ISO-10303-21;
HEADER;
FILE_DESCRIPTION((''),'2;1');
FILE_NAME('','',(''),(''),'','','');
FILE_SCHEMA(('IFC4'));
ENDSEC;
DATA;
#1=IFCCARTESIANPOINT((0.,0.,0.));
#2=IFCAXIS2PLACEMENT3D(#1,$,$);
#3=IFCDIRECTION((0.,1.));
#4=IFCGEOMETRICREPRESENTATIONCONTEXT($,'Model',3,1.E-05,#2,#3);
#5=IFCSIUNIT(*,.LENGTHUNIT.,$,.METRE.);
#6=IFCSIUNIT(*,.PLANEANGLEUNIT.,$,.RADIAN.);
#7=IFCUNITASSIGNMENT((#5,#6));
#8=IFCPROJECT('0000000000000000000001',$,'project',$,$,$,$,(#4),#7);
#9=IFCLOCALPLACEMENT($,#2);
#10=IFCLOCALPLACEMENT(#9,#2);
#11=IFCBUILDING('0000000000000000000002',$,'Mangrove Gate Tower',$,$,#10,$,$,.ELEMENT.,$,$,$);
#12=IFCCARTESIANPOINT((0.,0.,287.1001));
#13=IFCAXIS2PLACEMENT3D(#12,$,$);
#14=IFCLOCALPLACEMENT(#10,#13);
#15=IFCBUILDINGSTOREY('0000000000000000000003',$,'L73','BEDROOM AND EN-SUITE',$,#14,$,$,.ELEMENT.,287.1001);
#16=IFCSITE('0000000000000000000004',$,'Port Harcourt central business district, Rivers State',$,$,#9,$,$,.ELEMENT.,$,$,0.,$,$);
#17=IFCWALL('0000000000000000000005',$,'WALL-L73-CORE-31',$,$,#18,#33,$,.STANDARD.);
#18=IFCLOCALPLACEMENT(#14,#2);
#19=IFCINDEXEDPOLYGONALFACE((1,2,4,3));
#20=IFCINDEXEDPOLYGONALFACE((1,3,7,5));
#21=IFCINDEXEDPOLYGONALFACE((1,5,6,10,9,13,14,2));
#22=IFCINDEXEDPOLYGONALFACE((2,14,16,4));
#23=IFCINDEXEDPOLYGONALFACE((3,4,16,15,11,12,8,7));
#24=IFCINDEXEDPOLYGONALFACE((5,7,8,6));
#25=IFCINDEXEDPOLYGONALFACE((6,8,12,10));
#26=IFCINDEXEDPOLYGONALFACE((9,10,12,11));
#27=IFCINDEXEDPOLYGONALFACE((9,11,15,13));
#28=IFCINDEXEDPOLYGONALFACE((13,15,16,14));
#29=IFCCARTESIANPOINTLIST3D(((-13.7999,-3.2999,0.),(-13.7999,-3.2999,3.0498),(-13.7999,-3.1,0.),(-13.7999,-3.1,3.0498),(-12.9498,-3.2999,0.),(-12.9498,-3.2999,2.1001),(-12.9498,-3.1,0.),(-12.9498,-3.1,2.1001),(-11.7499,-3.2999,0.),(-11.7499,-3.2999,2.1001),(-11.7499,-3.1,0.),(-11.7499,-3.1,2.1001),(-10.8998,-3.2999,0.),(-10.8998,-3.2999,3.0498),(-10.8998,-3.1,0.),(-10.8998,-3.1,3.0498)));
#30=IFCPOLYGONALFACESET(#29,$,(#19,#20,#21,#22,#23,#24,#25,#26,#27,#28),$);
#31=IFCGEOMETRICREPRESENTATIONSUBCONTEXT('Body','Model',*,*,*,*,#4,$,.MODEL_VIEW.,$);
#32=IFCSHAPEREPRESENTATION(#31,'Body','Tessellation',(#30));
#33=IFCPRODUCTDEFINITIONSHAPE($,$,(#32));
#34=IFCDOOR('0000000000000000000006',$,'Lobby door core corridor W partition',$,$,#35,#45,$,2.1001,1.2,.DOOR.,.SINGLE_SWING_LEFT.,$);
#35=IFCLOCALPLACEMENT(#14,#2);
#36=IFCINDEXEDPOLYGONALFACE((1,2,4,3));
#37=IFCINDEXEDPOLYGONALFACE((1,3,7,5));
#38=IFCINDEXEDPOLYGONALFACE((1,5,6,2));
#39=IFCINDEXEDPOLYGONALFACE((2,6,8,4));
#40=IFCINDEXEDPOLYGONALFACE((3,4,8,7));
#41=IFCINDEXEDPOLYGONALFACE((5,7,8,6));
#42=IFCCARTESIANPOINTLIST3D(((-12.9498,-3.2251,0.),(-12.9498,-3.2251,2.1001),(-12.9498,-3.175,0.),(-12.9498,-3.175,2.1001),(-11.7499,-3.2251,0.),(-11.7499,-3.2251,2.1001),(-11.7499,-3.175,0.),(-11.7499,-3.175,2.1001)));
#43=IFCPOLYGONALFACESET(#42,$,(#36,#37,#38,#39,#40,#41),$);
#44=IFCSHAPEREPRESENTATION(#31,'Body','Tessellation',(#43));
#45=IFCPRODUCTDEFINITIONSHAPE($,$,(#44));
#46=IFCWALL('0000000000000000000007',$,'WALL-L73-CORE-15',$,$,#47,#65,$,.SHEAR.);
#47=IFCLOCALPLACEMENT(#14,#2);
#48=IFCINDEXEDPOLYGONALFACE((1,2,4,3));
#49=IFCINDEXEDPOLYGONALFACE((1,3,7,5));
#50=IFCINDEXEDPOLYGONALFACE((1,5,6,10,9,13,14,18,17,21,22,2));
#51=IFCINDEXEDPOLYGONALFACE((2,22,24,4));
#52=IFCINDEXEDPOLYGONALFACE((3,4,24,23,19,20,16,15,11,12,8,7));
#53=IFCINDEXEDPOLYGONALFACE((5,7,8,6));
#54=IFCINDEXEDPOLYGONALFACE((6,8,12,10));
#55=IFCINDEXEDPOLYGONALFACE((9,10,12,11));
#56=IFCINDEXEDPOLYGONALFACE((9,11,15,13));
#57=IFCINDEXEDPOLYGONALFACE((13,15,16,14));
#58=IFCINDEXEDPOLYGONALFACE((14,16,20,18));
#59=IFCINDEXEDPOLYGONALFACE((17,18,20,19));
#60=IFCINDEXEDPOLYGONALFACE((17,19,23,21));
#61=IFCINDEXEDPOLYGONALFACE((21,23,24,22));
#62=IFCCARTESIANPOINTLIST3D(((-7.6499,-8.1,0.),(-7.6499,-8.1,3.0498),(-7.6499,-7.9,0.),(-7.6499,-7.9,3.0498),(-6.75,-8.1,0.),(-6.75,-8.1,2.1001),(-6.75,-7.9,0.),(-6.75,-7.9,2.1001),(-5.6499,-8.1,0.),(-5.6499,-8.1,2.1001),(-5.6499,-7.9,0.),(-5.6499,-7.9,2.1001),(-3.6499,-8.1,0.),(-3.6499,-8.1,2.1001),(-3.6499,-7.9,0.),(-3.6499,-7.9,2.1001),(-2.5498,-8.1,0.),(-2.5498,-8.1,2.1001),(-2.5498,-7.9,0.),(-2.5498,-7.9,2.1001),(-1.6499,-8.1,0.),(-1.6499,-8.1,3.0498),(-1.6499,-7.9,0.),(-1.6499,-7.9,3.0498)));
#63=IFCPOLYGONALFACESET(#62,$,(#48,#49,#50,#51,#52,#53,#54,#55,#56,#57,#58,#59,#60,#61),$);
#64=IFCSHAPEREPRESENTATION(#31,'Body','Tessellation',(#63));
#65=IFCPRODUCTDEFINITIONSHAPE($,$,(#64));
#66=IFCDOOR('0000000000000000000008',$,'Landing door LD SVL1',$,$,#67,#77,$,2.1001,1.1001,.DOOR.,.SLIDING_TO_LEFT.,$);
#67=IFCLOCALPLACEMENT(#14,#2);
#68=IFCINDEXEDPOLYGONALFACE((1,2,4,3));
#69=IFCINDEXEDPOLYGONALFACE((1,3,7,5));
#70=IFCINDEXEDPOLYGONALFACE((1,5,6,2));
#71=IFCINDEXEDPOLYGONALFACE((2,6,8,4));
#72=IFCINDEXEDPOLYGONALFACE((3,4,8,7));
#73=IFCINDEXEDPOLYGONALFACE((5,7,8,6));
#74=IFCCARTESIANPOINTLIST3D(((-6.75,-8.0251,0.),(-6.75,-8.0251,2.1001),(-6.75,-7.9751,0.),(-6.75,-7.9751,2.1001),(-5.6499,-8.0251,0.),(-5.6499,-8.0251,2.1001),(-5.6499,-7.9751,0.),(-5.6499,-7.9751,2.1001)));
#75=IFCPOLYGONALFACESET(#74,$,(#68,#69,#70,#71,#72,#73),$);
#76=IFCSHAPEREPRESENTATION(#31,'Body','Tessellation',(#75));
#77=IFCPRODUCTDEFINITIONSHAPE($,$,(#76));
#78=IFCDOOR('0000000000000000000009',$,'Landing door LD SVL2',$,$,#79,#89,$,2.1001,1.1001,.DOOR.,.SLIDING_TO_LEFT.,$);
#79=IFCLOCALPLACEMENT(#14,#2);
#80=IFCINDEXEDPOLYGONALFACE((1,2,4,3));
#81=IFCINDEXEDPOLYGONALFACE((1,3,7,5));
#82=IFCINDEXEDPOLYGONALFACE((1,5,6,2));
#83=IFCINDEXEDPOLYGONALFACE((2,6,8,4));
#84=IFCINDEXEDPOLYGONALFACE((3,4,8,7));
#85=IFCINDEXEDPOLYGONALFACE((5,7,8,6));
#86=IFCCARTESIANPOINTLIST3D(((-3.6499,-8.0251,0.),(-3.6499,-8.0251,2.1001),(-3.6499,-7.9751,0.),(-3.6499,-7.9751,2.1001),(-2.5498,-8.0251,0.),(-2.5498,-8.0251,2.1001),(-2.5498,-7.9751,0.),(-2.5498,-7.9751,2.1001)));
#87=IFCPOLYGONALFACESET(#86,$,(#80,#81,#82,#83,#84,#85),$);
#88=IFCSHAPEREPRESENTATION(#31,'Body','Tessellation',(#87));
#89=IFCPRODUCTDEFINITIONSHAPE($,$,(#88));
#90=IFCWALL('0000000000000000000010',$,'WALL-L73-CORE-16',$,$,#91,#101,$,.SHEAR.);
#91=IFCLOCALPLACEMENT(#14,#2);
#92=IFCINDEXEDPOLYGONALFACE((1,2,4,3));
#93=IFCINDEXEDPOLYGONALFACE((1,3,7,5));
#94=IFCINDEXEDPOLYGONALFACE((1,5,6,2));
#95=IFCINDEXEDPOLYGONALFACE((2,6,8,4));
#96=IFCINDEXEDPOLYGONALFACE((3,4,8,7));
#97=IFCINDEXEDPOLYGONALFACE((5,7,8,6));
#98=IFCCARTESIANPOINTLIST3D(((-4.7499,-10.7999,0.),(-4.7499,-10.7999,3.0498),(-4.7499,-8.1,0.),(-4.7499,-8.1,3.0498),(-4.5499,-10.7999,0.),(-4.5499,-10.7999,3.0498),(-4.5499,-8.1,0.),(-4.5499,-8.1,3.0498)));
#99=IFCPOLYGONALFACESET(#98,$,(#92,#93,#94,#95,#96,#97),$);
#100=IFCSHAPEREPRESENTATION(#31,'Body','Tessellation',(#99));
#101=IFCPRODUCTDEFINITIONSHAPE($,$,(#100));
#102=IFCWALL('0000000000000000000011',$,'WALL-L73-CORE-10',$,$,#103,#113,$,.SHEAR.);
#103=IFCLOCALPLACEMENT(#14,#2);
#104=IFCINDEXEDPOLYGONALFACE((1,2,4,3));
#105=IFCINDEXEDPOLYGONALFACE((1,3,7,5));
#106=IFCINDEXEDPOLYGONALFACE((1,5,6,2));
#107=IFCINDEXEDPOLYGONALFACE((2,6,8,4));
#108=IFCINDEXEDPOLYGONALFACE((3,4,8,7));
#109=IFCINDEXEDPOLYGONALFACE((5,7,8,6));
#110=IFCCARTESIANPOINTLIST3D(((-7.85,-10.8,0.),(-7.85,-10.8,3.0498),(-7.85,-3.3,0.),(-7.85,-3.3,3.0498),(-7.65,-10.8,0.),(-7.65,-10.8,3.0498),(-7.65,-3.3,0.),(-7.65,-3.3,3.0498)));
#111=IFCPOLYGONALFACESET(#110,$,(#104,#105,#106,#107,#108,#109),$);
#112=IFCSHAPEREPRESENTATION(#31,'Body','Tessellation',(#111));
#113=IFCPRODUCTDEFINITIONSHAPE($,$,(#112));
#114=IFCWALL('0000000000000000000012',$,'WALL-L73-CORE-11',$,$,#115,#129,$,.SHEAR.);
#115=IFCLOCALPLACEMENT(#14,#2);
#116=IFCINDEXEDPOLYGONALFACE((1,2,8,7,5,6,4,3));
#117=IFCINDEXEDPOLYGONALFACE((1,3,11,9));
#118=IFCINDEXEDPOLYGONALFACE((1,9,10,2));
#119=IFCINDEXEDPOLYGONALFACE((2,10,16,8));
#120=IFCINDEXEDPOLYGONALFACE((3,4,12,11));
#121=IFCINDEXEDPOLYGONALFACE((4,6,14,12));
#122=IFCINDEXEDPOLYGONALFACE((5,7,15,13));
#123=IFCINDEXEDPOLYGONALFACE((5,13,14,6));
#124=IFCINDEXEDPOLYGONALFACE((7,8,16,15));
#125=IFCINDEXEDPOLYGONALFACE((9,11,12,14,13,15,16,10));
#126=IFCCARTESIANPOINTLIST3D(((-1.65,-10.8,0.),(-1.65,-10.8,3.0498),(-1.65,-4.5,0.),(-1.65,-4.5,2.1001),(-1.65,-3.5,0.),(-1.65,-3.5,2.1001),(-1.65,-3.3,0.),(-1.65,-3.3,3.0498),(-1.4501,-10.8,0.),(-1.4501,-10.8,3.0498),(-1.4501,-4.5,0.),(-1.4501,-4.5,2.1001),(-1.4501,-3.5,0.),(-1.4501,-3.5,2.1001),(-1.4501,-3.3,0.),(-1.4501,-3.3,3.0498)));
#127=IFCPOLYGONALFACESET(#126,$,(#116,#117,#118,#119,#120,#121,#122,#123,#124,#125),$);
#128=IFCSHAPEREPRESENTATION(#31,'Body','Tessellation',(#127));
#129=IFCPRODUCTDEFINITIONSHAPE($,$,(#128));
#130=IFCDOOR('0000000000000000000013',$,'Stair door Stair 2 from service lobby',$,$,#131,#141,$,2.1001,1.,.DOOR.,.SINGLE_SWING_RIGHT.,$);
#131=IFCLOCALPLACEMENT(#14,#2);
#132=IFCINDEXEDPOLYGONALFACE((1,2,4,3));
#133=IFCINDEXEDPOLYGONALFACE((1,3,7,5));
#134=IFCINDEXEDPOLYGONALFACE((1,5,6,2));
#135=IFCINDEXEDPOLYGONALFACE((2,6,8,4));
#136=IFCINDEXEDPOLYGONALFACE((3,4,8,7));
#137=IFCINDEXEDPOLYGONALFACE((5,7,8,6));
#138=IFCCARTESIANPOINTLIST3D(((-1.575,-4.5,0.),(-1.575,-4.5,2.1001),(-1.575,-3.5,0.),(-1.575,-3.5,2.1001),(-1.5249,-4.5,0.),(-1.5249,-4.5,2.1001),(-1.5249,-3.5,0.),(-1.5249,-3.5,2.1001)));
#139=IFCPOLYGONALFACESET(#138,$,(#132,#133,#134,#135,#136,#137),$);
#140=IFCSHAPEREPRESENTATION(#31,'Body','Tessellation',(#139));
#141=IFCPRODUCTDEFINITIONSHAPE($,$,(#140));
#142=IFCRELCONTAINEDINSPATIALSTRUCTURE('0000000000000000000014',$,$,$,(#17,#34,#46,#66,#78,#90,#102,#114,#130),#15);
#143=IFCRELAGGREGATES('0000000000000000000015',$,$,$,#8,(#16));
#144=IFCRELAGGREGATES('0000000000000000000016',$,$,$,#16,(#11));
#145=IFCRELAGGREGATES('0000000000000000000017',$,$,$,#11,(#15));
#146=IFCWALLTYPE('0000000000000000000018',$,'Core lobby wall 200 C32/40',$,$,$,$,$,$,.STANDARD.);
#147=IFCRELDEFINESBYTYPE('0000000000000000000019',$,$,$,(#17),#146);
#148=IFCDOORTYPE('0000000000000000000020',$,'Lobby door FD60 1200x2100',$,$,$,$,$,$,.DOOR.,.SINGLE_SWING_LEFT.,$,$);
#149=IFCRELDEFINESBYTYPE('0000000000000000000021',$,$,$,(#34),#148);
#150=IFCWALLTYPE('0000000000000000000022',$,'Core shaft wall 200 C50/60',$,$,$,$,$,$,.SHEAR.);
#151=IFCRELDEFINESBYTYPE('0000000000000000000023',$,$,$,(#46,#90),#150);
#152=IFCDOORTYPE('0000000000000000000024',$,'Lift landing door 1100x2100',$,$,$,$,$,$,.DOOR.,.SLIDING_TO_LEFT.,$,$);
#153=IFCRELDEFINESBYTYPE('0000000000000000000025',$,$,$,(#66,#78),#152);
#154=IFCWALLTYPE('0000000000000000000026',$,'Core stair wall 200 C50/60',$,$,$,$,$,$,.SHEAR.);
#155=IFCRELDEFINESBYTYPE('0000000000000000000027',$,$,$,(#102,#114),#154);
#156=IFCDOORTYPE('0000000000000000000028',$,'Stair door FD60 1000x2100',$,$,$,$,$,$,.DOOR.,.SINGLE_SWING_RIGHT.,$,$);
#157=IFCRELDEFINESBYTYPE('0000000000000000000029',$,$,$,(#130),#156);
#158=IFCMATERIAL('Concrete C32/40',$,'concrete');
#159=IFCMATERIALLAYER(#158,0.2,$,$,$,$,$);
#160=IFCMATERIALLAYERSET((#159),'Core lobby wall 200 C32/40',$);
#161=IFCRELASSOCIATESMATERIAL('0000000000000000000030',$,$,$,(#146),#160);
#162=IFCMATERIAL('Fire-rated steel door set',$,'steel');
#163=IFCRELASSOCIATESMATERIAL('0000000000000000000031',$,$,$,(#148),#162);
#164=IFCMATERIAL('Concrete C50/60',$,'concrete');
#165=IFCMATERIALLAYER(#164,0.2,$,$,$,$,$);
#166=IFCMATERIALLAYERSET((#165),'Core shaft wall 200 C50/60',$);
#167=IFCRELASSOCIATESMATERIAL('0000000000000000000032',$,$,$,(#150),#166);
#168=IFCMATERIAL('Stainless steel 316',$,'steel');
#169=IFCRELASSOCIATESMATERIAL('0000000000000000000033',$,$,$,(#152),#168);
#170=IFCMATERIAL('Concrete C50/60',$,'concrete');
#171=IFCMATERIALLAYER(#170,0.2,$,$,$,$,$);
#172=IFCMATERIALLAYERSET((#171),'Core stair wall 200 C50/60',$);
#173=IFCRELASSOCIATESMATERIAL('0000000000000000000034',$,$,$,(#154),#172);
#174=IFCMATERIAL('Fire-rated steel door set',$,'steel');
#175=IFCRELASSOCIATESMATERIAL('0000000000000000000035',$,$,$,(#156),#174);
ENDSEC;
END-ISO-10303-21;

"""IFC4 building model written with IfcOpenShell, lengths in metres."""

from ifc_helpers import new_model, si_unit, direction, frame, frame_2d, origin, place, context, subcontext, project, spatial, rectangle, extrude, material, layer, layer_set, type_object, element, fill, save


model = new_model("IFC4")

# Units and contexts
model_context = context("Model", 3, precision=1e-05, world=origin(), true_north=direction((0.0, 1.0)))
body_context = subcontext(model_context, "Body", "Model", "MODEL_VIEW")
ifc_project = project(units=[si_unit("LENGTHUNIT", "METRE"), si_unit("PLANEANGLEUNIT", "RADIAN")], contexts=[model_context])

# Site, building, storey
site_placement = place(None, origin())
site = spatial("IfcSite", under=ifc_project, at=site_placement, Name="Port Harcourt central business district, Rivers State", CompositionType="ELEMENT", RefElevation=0.0)
building_placement = place(site_placement, origin())
building = spatial("IfcBuilding", under=site, at=building_placement, Name="Mangrove Gate Tower", CompositionType="ELEMENT")
storey_placement = place(building_placement, frame((0.0, 0.0, 287.1001)))
storey = spatial("IfcBuildingStorey", under=building, at=storey_placement, Name="L73", Description="BEDROOM AND EN-SUITE", CompositionType="ELEMENT", Elevation=287.1001)

# Wall, opening, door
ifc_material_1 = material(Name="Concrete C32/40", Category="concrete")
ifc_layer_1 = layer(ifc_material_1, 0.2)
ifc_layer_set_1 = layer_set([ifc_layer_1], Name="Core lobby wall 200 C32/40")
wall_type_1 = type_object("IfcWallType", Name="Core lobby wall 200 C32/40", PredefinedType="STANDARD", material=ifc_layer_set_1)
wall_1_placement = place(storey_placement, frame((-13.8, -3.2, 0.0), z_axis=(0.0, 0.0, 1.0), x_axis=(1.0, 0.0, 0.0)))
wall_1 = element("IfcWall", 1, at=wall_1_placement, inside=storey, type_object=wall_type_1, Name="WALL-L73-CORE-31", PredefinedType="STANDARD", context=body_context, shape_type="SweptSolid", body=[
    extrude(rectangle(XDim=2.9001, YDim=0.2, at=frame_2d((1.4502, 0.0))), origin(), (0.0, 0.0, 1.0), 3.0498),
])
opening_1_placement = place(wall_1_placement, frame((0.8501, 0.0, 0.0)))
opening_1 = element("IfcOpeningElement", 2, at=opening_1_placement, cuts=wall_1, PredefinedType="OPENING", context=body_context, shape_type="SweptSolid", body=[
    extrude(rectangle(XDim=1.2, YDim=2.1001, at=frame_2d((0.6001, 1.05))), frame((0.0, 0.1099, 0.0), z_axis=(0.0, -1.0, 0.0), x_axis=(1.0, 0.0, 0.0)), (0.0, 0.0, 1.0), 0.22),
])
ifc_material_2 = material(Name="Fire-rated steel door set", Category="steel")
door_type_1 = type_object("IfcDoorType", Name="Lobby door FD60 1200x2100", OperationType="SINGLE_SWING_LEFT", PredefinedType="DOOR", material=ifc_material_2)
door_1_placement = place(opening_1_placement, origin())
door_1 = element("IfcDoor", 3, at=door_1_placement, inside=storey, type_object=door_type_1, Name="Lobby door core corridor W partition", OperationType="SINGLE_SWING_LEFT", OverallHeight=2.1001, OverallWidth=1.2, PredefinedType="DOOR", context=body_context, shape_type="SweptSolid", body=[
    extrude(rectangle(XDim=1.2, YDim=2.1001, at=frame_2d((0.6001, 1.05))), frame((0.0, 0.0249, 0.0), z_axis=(0.0, -1.0, 0.0), x_axis=(1.0, 0.0, 0.0)), (0.0, 0.0, 1.0), 0.05),
])
fill(opening_1, door_1)

# Wall, openings, doors
ifc_material_3 = material(Name="Concrete C50/60", Category="concrete")
ifc_layer_2 = layer(ifc_material_3, 0.2)
ifc_layer_set_2 = layer_set([ifc_layer_2], Name="Core shaft wall 200 C50/60")
wall_type_2 = type_object("IfcWallType", Name="Core shaft wall 200 C50/60", PredefinedType="SHEAR", material=ifc_layer_set_2)
wall_2_placement = place(storey_placement, frame((-7.6499, -8.0, 0.0), z_axis=(0.0, 0.0, 1.0), x_axis=(1.0, 0.0, 0.0)))
wall_2 = element("IfcWall", 4, at=wall_2_placement, inside=storey, type_object=wall_type_2, Name="WALL-L73-CORE-15", PredefinedType="SHEAR", context=body_context, shape_type="SweptSolid", body=[
    extrude(rectangle(XDim=6.0, YDim=0.2, at=frame_2d((3.0, 0.0))), origin(), (0.0, 0.0, 1.0), 3.0498),
])
opening_2_placement = place(wall_2_placement, frame((0.8999, 0.0, 0.0)))
opening_2 = element("IfcOpeningElement", 5, at=opening_2_placement, cuts=wall_2, PredefinedType="OPENING", context=body_context, shape_type="SweptSolid", body=[
    extrude(rectangle(XDim=1.1001, YDim=2.1001, at=frame_2d((0.55, 1.05))), frame((0.0, 0.1099, 0.0), z_axis=(0.0, -1.0, 0.0), x_axis=(1.0, 0.0, 0.0)), (0.0, 0.0, 1.0), 0.22),
])
opening_3_placement = place(wall_2_placement, frame((4.0, 0.0, 0.0)))
opening_3 = element("IfcOpeningElement", 6, at=opening_3_placement, cuts=wall_2, PredefinedType="OPENING", context=body_context, shape_type="SweptSolid", body=[
    extrude(rectangle(XDim=1.1001, YDim=2.1001, at=frame_2d((0.55, 1.05))), frame((0.0, 0.1099, 0.0), z_axis=(0.0, -1.0, 0.0), x_axis=(1.0, 0.0, 0.0)), (0.0, 0.0, 1.0), 0.22),
])
ifc_material_4 = material(Name="Stainless steel 316", Category="steel")
door_type_2 = type_object("IfcDoorType", Name="Lift landing door 1100x2100", OperationType="SLIDING_TO_LEFT", PredefinedType="DOOR", material=ifc_material_4)
door_2_placement = place(opening_2_placement, origin())
door_2 = element("IfcDoor", 7, at=door_2_placement, inside=storey, type_object=door_type_2, Name="Landing door LD SVL1", OperationType="SLIDING_TO_LEFT", OverallHeight=2.1001, OverallWidth=1.1001, PredefinedType="DOOR", context=body_context, shape_type="SweptSolid", body=[
    extrude(rectangle(XDim=1.1001, YDim=2.1001, at=frame_2d((0.55, 1.05))), frame((0.0, 0.0249, 0.0), z_axis=(0.0, -1.0, 0.0), x_axis=(1.0, 0.0, 0.0)), (0.0, 0.0, 1.0), 0.05),
])
fill(opening_2, door_2)
door_3_placement = place(opening_3_placement, origin())
door_3 = element("IfcDoor", 8, at=door_3_placement, inside=storey, type_object=door_type_2, Name="Landing door LD SVL2", OperationType="SLIDING_TO_LEFT", OverallHeight=2.1001, OverallWidth=1.1001, PredefinedType="DOOR", context=body_context, shape_type="SweptSolid", body=[
    extrude(rectangle(XDim=1.1001, YDim=2.1001, at=frame_2d((0.55, 1.05))), frame((0.0, 0.0249, 0.0), z_axis=(0.0, -1.0, 0.0), x_axis=(1.0, 0.0, 0.0)), (0.0, 0.0, 1.0), 0.05),
])
fill(opening_3, door_3)

# Walls
wall_3_placement = place(storey_placement, frame((-4.6499, -10.8, 0.0), z_axis=(0.0, 0.0, 1.0), x_axis=(0.0, 1.0, 0.0)))
element("IfcWall", 9, at=wall_3_placement, inside=storey, type_object=wall_type_2, Name="WALL-L73-CORE-16", PredefinedType="SHEAR", context=body_context, shape_type="SweptSolid", body=[
    extrude(rectangle(XDim=2.7, YDim=0.2, at=frame_2d((1.3501, 0.0))), origin(), (0.0, 0.0, 1.0), 3.0498),
])
ifc_material_5 = material(Name="Concrete C50/60", Category="concrete")
ifc_layer_3 = layer(ifc_material_5, 0.2)
ifc_layer_set_3 = layer_set([ifc_layer_3], Name="Core stair wall 200 C50/60")
wall_type_3 = type_object("IfcWallType", Name="Core stair wall 200 C50/60", PredefinedType="SHEAR", material=ifc_layer_set_3)
wall_4_placement = place(storey_placement, frame((-7.75, -10.8, 0.0), z_axis=(0.0, 0.0, 1.0), x_axis=(0.0, 1.0, 0.0)))
element("IfcWall", 10, at=wall_4_placement, inside=storey, type_object=wall_type_3, Name="WALL-L73-CORE-10", PredefinedType="SHEAR", context=body_context, shape_type="SweptSolid", body=[
    extrude(rectangle(XDim=7.5, YDim=0.2, at=frame_2d((3.75, 0.0))), origin(), (0.0, 0.0, 1.0), 3.0498),
])

# Wall, opening, door
wall_5_placement = place(storey_placement, frame((-1.55, -10.8, 0.0), z_axis=(0.0, 0.0, 1.0), x_axis=(0.0, 1.0, 0.0)))
wall_5 = element("IfcWall", 11, at=wall_5_placement, inside=storey, type_object=wall_type_3, Name="WALL-L73-CORE-11", PredefinedType="SHEAR", context=body_context, shape_type="SweptSolid", body=[
    extrude(rectangle(XDim=7.5, YDim=0.2, at=frame_2d((3.75, 0.0))), origin(), (0.0, 0.0, 1.0), 3.0498),
])
opening_4_placement = place(wall_5_placement, frame((6.3, 0.0, 0.0)))
opening_4 = element("IfcOpeningElement", 12, at=opening_4_placement, cuts=wall_5, PredefinedType="OPENING", context=body_context, shape_type="SweptSolid", body=[
    extrude(rectangle(XDim=1.0, YDim=2.1001, at=frame_2d((0.5, 1.05))), frame((0.0, 0.1099, 0.0), z_axis=(0.0, -1.0, 0.0), x_axis=(1.0, 0.0, 0.0)), (0.0, 0.0, 1.0), 0.22),
])
ifc_material_6 = material(Name="Fire-rated steel door set", Category="steel")
door_type_3 = type_object("IfcDoorType", Name="Stair door FD60 1000x2100", OperationType="SINGLE_SWING_RIGHT", PredefinedType="DOOR", material=ifc_material_6)
door_4_placement = place(opening_4_placement, origin())
door_4 = element("IfcDoor", 13, at=door_4_placement, inside=storey, type_object=door_type_3, Name="Stair door Stair 2 from service lobby", OperationType="SINGLE_SWING_RIGHT", OverallHeight=2.1001, OverallWidth=1.0, PredefinedType="DOOR", context=body_context, shape_type="SweptSolid", body=[
    extrude(rectangle(XDim=1.0, YDim=2.1001, at=frame_2d((0.5, 1.05))), frame((0.0, 0.0249, 0.0), z_axis=(0.0, -1.0, 0.0), x_axis=(1.0, 0.0, 0.0)), (0.0, 0.0, 1.0), 0.05),
])
fill(opening_4, door_4)

save(model, "model.ifc")
